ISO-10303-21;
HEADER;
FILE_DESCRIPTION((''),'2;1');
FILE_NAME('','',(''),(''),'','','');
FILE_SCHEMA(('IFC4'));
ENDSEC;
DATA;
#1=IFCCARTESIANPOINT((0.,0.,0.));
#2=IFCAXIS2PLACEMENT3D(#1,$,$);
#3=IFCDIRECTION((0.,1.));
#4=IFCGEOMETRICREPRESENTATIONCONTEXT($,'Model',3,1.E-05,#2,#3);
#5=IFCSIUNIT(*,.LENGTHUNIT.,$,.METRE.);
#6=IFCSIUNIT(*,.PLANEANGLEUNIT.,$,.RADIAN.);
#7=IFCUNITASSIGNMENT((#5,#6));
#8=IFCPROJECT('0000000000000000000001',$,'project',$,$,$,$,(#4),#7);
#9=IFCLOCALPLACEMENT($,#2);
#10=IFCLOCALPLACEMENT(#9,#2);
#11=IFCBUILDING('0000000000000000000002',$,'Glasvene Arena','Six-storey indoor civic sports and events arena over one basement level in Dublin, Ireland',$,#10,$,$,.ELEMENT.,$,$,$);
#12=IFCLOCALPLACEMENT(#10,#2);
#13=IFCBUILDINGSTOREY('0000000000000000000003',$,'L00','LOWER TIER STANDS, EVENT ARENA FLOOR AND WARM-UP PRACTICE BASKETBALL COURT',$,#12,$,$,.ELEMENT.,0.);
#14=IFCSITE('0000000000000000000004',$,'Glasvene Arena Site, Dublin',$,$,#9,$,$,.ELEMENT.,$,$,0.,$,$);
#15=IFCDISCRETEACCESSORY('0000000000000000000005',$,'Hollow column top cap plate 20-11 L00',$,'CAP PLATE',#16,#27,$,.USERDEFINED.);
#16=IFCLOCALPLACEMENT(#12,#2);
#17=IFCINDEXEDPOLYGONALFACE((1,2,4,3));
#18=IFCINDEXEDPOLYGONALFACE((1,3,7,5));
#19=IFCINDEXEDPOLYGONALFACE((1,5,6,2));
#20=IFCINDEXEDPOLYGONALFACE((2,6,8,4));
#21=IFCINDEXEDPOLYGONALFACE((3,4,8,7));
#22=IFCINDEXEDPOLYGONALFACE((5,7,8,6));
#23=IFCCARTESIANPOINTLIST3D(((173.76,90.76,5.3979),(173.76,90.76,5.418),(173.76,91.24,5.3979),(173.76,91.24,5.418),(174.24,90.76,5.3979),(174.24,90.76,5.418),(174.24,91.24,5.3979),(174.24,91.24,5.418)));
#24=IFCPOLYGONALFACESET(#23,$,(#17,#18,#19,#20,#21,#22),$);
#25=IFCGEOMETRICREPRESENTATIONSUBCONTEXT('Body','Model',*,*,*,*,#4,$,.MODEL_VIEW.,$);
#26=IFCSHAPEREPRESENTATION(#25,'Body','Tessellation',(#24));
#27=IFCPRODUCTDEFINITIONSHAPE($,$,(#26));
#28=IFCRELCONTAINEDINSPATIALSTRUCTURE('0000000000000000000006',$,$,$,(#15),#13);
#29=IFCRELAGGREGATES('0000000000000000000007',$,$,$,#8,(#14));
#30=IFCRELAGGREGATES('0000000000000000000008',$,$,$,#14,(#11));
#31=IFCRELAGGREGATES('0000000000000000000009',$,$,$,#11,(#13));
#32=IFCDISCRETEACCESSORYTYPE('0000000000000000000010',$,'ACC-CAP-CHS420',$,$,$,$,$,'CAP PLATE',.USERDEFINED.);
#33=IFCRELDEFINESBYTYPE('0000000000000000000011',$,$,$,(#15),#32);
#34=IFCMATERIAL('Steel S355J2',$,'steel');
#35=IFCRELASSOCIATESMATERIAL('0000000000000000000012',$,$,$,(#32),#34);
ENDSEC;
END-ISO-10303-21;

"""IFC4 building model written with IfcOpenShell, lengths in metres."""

from ifc_helpers import new_model, si_unit, direction, frame, origin, origin_2d, place, context, subcontext, project, spatial, rectangle, extrude, material, type_object, element, save


model = new_model("IFC4")

# Units and contexts
model_context = context("Model", 3, precision=1e-05, world=origin(), true_north=direction((0.0, 1.0)))
body_context = subcontext(model_context, "Body", "Model", "MODEL_VIEW")
ifc_project = project(units=[si_unit("LENGTHUNIT", "METRE"), si_unit("PLANEANGLEUNIT", "RADIAN")], contexts=[model_context])

# Site, building, storey
site_placement = place(None, origin())
site = spatial("IfcSite", under=ifc_project, at=site_placement, Name="Glasvene Arena Site, Dublin", CompositionType="ELEMENT", RefElevation=0.0)
building_placement = place(site_placement, origin())
building = spatial("IfcBuilding", under=site, at=building_placement, Name="Glasvene Arena", Description="Six-storey indoor civic sports and events arena over one basement level in Dublin, Ireland", CompositionType="ELEMENT")
storey_placement = place(building_placement, origin())
storey = spatial("IfcBuildingStorey", under=building, at=storey_placement, Name="L00", Description="LOWER TIER STANDS, EVENT ARENA FLOOR AND WARM-UP PRACTICE BASKETBALL COURT", CompositionType="ELEMENT", Elevation=0.0)

# Shared definitions
ifc_material_1 = material(Name="Steel S355J2", Category="steel")

# Discrete accessory
discrete_accessory_type_1 = type_object("IfcDiscreteAccessoryType", Name="ACC-CAP-CHS420", ElementType="CAP PLATE", PredefinedType="USERDEFINED", material=ifc_material_1)
discrete_accessory_1_placement = place(storey_placement, frame((174.0, 91.0, 5.3979), z_axis=(0.0, 0.0, 1.0), x_axis=(1.0, 0.0, 0.0)))
element("IfcDiscreteAccessory", 1, at=discrete_accessory_1_placement, inside=storey, type_object=discrete_accessory_type_1, Name="Hollow column top cap plate 20-11 L00", ObjectType="CAP PLATE", PredefinedType="USERDEFINED", context=body_context, shape_type="SweptSolid", body=[
    extrude(rectangle(XDim=0.48, YDim=0.48, at=origin_2d()), origin(), (0.0, 0.0, 1.0), 0.02),
])

save(model, "model.ifc")
